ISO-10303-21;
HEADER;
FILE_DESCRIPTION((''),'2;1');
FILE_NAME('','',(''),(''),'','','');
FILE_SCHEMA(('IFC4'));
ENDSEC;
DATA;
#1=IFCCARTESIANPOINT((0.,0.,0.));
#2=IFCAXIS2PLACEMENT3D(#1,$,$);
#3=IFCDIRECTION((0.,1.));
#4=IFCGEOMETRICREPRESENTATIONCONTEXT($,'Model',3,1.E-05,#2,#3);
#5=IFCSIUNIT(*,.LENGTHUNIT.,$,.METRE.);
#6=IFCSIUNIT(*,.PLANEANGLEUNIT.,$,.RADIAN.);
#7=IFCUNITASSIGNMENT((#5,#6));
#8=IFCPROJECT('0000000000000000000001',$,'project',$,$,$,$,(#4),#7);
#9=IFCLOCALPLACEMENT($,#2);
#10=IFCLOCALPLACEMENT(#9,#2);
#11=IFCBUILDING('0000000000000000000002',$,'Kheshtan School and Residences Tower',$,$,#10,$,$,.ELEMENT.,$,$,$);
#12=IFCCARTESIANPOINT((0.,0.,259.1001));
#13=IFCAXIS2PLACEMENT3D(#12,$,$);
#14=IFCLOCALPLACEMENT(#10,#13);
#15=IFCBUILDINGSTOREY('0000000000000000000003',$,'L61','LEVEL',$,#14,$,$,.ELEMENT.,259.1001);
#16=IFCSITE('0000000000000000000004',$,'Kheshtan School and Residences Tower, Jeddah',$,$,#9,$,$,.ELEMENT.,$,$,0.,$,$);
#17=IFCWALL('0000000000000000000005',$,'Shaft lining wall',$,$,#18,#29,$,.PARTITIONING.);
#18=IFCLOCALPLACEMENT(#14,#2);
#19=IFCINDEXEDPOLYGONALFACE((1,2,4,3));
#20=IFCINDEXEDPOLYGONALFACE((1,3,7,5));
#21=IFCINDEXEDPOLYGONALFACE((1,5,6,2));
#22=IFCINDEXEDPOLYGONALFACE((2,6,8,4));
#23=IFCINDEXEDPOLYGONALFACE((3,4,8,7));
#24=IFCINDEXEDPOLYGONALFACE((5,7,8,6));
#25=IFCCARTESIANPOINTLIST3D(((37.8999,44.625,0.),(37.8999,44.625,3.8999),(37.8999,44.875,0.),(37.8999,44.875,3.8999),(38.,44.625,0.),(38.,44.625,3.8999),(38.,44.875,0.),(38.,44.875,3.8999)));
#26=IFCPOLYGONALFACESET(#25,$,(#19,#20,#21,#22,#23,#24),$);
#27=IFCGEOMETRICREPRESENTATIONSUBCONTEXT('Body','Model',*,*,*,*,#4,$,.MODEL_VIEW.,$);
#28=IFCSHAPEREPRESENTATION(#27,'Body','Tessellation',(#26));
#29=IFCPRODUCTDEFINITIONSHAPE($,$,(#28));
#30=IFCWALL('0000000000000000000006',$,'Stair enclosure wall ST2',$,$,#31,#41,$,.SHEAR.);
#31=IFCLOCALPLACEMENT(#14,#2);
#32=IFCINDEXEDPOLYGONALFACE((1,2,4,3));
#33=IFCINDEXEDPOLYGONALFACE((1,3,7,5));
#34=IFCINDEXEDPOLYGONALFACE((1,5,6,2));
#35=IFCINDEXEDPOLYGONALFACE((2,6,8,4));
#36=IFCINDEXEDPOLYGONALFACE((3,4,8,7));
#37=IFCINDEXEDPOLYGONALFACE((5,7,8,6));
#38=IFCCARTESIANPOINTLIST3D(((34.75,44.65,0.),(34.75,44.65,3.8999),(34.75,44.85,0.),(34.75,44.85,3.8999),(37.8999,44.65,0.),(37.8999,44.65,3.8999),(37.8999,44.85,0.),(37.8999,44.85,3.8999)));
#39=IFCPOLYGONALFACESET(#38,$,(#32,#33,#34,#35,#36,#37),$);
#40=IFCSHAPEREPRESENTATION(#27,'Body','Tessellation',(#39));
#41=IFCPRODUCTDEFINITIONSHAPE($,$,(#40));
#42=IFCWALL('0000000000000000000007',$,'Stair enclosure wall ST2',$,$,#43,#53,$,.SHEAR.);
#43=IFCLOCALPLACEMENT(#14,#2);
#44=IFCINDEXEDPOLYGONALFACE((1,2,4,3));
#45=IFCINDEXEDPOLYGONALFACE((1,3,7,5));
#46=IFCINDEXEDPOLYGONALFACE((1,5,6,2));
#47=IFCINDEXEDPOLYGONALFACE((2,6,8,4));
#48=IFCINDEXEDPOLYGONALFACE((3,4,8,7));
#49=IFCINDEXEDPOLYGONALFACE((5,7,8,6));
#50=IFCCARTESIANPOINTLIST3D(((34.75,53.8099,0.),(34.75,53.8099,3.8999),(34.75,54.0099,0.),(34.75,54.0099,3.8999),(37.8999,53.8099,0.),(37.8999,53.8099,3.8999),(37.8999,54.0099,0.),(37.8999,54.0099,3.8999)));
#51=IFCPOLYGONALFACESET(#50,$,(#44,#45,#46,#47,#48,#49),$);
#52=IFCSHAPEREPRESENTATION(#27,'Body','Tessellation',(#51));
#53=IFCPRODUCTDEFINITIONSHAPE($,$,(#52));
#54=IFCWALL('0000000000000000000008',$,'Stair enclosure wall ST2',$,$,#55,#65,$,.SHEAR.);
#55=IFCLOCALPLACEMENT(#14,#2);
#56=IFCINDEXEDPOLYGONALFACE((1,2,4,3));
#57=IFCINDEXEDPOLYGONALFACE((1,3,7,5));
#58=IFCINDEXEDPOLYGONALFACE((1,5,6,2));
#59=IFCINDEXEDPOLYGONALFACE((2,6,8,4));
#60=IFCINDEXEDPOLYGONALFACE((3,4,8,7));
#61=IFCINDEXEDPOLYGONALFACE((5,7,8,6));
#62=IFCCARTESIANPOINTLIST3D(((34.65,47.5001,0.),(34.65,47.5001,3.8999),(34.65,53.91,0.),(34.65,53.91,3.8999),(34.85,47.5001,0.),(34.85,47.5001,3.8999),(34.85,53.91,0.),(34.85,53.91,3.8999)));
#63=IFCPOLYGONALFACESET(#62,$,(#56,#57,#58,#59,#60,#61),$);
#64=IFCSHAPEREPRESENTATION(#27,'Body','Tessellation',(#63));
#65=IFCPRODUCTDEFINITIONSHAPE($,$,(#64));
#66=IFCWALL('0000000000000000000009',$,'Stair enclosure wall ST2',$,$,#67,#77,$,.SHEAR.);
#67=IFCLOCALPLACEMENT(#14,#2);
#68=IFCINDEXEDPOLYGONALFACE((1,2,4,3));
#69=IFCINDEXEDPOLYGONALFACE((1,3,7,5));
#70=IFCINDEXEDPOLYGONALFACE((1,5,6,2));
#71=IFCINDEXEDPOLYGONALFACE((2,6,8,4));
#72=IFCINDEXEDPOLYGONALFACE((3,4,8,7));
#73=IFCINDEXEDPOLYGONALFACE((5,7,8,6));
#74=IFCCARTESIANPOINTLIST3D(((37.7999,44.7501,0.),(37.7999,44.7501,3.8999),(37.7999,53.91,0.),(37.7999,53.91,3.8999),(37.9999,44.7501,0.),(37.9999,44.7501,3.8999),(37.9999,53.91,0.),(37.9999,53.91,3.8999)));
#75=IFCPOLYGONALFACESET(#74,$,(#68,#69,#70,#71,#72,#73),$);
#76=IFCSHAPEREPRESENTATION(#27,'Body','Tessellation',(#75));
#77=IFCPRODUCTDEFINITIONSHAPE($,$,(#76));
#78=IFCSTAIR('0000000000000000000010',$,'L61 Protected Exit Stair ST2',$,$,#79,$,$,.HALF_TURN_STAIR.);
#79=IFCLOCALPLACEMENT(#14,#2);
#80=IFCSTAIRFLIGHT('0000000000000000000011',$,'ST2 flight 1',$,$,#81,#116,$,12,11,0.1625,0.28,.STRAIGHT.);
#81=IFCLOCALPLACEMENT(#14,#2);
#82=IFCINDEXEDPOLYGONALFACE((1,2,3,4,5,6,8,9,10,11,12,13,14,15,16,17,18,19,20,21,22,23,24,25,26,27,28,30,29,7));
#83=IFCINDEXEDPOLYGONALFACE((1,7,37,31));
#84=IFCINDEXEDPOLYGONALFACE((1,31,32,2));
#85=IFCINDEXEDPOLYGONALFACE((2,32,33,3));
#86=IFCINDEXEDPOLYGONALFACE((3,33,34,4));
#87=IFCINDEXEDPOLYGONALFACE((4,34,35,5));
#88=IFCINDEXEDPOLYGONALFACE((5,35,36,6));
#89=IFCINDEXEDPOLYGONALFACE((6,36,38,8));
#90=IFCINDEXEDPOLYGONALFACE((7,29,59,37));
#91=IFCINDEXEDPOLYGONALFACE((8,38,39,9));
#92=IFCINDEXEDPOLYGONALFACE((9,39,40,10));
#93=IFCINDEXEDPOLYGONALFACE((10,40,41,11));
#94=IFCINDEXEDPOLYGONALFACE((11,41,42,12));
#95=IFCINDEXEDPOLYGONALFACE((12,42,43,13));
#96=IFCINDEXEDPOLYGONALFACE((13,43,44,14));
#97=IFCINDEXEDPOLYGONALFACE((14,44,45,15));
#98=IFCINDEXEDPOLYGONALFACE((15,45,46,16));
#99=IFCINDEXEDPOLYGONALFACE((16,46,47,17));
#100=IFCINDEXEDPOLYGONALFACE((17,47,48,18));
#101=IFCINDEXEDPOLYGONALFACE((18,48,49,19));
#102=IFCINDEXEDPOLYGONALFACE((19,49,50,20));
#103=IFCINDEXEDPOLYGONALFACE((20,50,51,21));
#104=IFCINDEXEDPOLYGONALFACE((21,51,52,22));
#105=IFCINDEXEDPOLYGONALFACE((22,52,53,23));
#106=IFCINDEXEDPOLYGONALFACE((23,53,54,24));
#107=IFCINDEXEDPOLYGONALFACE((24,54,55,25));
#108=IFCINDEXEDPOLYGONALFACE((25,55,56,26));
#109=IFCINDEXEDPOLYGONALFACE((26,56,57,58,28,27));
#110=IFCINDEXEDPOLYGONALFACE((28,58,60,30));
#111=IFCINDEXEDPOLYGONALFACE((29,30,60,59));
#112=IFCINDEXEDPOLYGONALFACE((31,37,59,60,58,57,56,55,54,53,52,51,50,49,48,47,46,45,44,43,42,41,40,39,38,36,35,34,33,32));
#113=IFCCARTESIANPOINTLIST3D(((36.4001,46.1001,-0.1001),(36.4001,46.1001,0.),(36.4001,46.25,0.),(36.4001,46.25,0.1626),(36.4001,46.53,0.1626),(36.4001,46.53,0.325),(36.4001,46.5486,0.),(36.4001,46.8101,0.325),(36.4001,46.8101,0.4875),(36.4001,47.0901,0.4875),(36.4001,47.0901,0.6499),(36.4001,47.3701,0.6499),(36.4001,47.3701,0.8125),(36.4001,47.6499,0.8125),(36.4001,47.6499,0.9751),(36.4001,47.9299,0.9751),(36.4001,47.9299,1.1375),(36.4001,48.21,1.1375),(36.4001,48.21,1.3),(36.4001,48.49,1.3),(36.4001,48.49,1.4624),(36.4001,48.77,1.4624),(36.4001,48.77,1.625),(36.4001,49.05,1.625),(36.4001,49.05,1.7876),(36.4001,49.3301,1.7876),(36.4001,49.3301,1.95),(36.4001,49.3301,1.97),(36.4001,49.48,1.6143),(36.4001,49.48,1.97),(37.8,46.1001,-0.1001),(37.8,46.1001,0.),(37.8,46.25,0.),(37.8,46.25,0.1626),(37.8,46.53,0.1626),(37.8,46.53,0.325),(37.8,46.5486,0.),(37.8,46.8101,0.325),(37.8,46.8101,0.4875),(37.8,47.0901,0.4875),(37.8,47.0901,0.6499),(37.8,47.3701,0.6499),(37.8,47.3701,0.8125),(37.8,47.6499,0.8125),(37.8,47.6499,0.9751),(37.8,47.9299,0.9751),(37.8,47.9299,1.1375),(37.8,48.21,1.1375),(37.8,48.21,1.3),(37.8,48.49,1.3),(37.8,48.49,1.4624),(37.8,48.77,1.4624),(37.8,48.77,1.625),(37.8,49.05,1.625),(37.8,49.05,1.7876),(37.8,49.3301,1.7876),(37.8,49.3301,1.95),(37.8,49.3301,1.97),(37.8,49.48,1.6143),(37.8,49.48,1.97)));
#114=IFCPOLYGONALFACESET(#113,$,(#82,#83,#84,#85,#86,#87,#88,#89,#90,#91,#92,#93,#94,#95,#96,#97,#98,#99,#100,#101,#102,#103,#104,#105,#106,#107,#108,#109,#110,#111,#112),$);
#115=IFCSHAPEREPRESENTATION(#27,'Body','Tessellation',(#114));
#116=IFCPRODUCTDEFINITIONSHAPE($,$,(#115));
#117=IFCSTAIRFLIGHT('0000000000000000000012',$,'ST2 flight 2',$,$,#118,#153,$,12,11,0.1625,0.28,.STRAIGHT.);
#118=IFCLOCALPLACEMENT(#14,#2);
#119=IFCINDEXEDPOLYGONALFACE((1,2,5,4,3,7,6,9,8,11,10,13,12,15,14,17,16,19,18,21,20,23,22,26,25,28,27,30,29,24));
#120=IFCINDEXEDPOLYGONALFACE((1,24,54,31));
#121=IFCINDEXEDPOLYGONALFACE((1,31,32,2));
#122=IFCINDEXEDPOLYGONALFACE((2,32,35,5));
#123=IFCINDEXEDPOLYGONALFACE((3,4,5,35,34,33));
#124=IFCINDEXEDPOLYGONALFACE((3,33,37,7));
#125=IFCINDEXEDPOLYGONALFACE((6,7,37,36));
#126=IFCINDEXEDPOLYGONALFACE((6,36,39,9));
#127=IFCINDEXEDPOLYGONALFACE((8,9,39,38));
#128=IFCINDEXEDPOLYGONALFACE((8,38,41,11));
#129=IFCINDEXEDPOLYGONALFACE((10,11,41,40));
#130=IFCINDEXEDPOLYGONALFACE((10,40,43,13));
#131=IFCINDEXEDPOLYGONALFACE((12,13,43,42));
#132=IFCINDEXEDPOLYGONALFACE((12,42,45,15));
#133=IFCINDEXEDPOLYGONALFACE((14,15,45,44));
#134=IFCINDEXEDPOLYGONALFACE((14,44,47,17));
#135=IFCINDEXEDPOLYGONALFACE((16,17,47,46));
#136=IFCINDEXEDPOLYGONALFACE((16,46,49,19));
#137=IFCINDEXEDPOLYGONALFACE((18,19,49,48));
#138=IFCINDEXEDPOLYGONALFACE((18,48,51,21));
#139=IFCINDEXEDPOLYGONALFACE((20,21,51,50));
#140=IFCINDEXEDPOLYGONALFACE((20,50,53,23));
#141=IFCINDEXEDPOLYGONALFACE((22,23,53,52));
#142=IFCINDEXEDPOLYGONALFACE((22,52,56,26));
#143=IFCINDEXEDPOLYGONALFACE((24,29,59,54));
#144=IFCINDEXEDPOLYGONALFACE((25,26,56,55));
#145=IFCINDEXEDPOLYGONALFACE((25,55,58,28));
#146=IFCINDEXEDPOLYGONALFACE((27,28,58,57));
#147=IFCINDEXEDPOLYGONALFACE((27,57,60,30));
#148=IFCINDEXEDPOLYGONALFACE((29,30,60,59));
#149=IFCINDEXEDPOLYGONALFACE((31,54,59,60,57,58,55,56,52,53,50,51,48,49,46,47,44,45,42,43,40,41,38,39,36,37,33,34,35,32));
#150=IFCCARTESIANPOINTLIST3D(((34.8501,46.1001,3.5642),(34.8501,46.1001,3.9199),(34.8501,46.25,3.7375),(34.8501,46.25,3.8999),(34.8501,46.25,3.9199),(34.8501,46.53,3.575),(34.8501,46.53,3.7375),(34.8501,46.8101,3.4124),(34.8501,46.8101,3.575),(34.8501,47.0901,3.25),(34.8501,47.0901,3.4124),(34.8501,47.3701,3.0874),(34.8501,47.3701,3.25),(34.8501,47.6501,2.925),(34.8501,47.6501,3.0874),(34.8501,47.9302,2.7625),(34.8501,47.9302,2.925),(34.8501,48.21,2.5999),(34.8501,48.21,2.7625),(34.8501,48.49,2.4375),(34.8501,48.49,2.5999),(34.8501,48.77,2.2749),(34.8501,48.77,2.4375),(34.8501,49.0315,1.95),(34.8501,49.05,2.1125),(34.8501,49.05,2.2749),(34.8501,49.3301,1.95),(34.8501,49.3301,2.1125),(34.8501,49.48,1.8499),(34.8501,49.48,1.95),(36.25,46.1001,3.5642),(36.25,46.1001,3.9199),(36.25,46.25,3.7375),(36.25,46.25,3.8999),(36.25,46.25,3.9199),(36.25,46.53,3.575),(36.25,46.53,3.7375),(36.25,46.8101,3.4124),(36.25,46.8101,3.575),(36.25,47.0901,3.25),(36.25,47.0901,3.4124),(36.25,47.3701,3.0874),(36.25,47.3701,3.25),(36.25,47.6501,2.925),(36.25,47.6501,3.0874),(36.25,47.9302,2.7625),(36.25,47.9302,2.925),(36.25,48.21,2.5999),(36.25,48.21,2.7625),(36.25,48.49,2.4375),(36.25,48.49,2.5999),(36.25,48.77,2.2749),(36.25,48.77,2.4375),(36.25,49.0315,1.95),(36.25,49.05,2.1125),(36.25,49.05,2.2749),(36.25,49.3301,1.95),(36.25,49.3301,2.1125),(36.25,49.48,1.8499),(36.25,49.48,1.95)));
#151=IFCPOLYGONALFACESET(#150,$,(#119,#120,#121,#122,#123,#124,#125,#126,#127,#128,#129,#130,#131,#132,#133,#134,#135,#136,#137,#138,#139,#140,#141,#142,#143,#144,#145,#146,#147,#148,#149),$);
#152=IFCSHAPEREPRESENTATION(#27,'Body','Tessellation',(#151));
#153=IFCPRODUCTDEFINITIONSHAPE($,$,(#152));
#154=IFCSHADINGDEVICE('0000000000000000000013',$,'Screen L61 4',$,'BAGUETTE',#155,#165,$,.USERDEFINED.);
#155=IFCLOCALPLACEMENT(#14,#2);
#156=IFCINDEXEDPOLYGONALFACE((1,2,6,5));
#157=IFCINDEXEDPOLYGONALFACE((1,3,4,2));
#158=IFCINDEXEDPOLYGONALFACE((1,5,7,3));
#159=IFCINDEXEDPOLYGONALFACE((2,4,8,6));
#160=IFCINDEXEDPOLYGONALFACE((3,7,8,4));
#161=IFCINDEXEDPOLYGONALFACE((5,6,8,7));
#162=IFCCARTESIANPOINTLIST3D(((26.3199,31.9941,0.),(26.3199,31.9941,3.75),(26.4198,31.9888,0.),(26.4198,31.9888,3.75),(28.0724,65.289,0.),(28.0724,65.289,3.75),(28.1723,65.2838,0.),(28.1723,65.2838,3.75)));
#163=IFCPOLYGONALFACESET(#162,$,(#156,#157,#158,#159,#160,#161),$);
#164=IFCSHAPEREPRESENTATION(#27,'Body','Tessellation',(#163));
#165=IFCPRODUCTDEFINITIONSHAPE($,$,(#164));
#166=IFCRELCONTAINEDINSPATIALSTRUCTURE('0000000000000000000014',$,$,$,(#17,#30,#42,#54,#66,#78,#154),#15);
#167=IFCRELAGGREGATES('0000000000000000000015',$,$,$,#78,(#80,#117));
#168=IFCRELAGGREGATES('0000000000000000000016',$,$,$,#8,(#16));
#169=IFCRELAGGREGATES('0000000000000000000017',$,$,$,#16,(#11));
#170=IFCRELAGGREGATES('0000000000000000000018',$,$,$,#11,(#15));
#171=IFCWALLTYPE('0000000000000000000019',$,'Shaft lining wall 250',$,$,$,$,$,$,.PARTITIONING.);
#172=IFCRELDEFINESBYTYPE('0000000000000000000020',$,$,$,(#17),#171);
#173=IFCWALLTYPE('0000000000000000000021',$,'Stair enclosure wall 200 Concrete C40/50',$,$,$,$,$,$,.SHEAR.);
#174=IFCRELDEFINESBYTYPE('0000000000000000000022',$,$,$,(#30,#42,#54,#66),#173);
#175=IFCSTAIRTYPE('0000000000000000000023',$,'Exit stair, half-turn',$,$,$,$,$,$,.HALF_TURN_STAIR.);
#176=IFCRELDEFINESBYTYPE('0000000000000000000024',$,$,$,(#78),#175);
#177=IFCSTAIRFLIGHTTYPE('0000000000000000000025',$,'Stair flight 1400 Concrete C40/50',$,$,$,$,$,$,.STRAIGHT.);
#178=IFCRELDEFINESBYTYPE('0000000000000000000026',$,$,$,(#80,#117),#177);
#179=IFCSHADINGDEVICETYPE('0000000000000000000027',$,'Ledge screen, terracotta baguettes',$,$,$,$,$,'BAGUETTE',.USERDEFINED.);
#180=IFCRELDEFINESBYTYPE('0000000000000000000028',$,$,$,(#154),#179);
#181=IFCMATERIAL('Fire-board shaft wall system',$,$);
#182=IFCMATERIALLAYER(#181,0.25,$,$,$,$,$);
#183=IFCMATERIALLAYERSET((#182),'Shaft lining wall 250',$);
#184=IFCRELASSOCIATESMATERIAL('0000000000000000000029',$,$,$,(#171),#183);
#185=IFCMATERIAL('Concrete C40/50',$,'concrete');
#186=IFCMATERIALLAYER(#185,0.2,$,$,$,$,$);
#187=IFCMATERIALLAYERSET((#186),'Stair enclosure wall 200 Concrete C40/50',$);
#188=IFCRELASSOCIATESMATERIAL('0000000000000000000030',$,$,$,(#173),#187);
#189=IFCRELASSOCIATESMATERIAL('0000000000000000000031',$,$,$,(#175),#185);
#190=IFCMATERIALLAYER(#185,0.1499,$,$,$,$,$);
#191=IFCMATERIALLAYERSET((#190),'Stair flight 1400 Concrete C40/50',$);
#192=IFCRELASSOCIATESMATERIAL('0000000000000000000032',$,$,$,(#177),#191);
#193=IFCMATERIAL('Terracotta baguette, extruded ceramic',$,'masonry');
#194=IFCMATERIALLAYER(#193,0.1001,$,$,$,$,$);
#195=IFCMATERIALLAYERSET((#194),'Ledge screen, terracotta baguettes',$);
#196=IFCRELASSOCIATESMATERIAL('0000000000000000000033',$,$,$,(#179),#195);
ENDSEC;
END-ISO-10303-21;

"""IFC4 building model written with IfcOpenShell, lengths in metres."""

from ifc_helpers import new_model, si_unit, direction, frame, frame_2d, origin, origin_2d, place, context, subcontext, project, spatial, polyline, rectangle, outline, extrude, material, layer, layer_set, type_object, element, aggregate, save


model = new_model("IFC4")

# Units and contexts
model_context = context("Model", 3, precision=1e-05, world=origin(), true_north=direction((0.0, 1.0)))
body_context = subcontext(model_context, "Body", "Model", "MODEL_VIEW")
ifc_project = project(units=[si_unit("LENGTHUNIT", "METRE"), si_unit("PLANEANGLEUNIT", "RADIAN")], contexts=[model_context])

# Site, building, storey
site_placement = place(None, origin())
site = spatial("IfcSite", under=ifc_project, at=site_placement, Name="Kheshtan School and Residences Tower, Jeddah", CompositionType="ELEMENT", RefElevation=0.0)
building_placement = place(site_placement, origin())
building = spatial("IfcBuilding", under=site, at=building_placement, Name="Kheshtan School and Residences Tower", CompositionType="ELEMENT")
storey_placement = place(building_placement, frame((0.0, 0.0, 259.1001)))
storey = spatial("IfcBuildingStorey", under=building, at=storey_placement, Name="L61", Description="LEVEL", CompositionType="ELEMENT", Elevation=259.1001)

# Shared definitions
ifc_material_1 = material(Name="Fire-board shaft wall system")

# Walls
ifc_layer_1 = layer(ifc_material_1, 0.25)
ifc_layer_set_1 = layer_set([ifc_layer_1], Name="Shaft lining wall 250")
wall_type_1 = type_object("IfcWallType", Name="Shaft lining wall 250", PredefinedType="PARTITIONING", material=ifc_layer_set_1)
wall_1_placement = place(storey_placement, frame((37.8999, 44.75, 0.0), z_axis=(0.0, 0.0, 1.0), x_axis=(1.0, 0.0, 0.0)))
element("IfcWall", 1, at=wall_1_placement, inside=storey, type_object=wall_type_1, Name="Shaft lining wall", PredefinedType="PARTITIONING", context=body_context, shape_type="SweptSolid", body=[
    extrude(rectangle(XDim=0.1001, YDim=0.25, at=frame_2d((0.05, 0.0))), origin(), (0.0, 0.0, 1.0), 3.8999),
])
ifc_material_2 = material(Name="Concrete C40/50", Category="concrete")
ifc_layer_2 = layer(ifc_material_2, 0.2)
ifc_layer_set_2 = layer_set([ifc_layer_2], Name="Stair enclosure wall 200 Concrete C40/50")
wall_type_2 = type_object("IfcWallType", Name="Stair enclosure wall 200 Concrete C40/50", PredefinedType="SHEAR", material=ifc_layer_set_2)
for number, where, z_axis, x_axis, name in (
    (2, (34.75, 44.75, 0.0), (0.0, 0.0, 1.0), (1.0, 0.0, 0.0), "Stair enclosure wall ST2"),
    (3, (34.75, 53.9099, 0.0), (0.0, 0.0, 1.0), (1.0, 0.0, 0.0), "Stair enclosure wall ST2"),
):
    element("IfcWall", number, at=place(storey_placement, frame(where, z_axis=z_axis, x_axis=x_axis)), inside=storey, type_object=wall_type_2, Name=name, PredefinedType="SHEAR", context=body_context, shape_type="SweptSolid", body=[
        extrude(rectangle(XDim=3.1499, YDim=0.2, at=frame_2d((1.575, 0.0))), origin(), (0.0, 0.0, 1.0), 3.8999),
    ])
wall_2_placement = place(storey_placement, frame((34.75, 47.5, 0.0), z_axis=(0.0, 0.0, 1.0), x_axis=(0.0, 1.0, 0.0)))
element("IfcWall", 4, at=wall_2_placement, inside=storey, type_object=wall_type_2, Name="Stair enclosure wall ST2", PredefinedType="SHEAR", context=body_context, shape_type="SweptSolid", body=[
    extrude(rectangle(XDim=6.4099, YDim=0.2, at=frame_2d((3.2051, 0.0))), origin(), (0.0, 0.0, 1.0), 3.8999),
])
wall_3_placement = place(storey_placement, frame((37.8999, 44.75, 0.0), z_axis=(0.0, 0.0, 1.0), x_axis=(0.0, 1.0, 0.0)))
element("IfcWall", 5, at=wall_3_placement, inside=storey, type_object=wall_type_2, Name="Stair enclosure wall ST2", PredefinedType="SHEAR", context=body_context, shape_type="SweptSolid", body=[
    extrude(rectangle(XDim=9.1599, YDim=0.2, at=frame_2d((4.5801, 0.0))), origin(), (0.0, 0.0, 1.0), 3.8999),
])

# Stair, stair flights
stair_type = type_object("IfcStairType", Name="Exit stair, half-turn", PredefinedType="HALF_TURN_STAIR", material=ifc_material_2)
stair_placement = place(storey_placement, origin())
stair = element("IfcStair", 6, at=stair_placement, inside=storey, type_object=stair_type, Name="L61 Protected Exit Stair ST2", PredefinedType="HALF_TURN_STAIR")
ifc_layer_3 = layer(ifc_material_2, 0.1499)
ifc_layer_set_3 = layer_set([ifc_layer_3], Name="Stair flight 1400 Concrete C40/50")
stair_flight_type = type_object("IfcStairFlightType", Name="Stair flight 1400 Concrete C40/50", PredefinedType="STRAIGHT", material=ifc_layer_set_3)
stair_flight_1_placement = place(storey_placement, frame((37.1001, 46.25, 0.0), z_axis=(0.0, 0.0, 1.0), x_axis=(0.0, 1.0, 0.0)))
stair_flight_1 = element("IfcStairFlight", 7, at=stair_flight_1_placement, type_object=stair_flight_type, Name="ST2 flight 1", NumberOfRisers=12, NumberOfTreads=11, PredefinedType="STRAIGHT", RiserHeight=0.1625, TreadLength=0.28, context=body_context, shape_type="SweptSolid", body=[
    extrude(outline(polyline([(-0.1499, -0.1001), (-0.1499, 0.0), (0.0, 0.0), (0.0, 0.1626), (0.28, 0.1626), (0.28, 0.325), (0.5601, 0.325), (0.5601, 0.4875), (0.8401, 0.4875), (0.8401, 0.6499), (1.1201, 0.6499), (1.1201, 0.8125), (1.3999, 0.8125), (1.3999, 0.9751), (1.6799, 0.9751), (1.6799, 1.1375), (1.96, 1.1375), (1.96, 1.3), (2.24, 1.3), (2.24, 1.4624), (2.52, 1.4624), (2.52, 1.625), (2.8, 1.625), (2.8, 1.7876), (3.0801, 1.7876), (3.0801, 1.95), (3.0801, 1.97), (3.23, 1.97), (3.23, 1.6143), (0.2986, 0.0), (-0.1499, -0.1001)])), frame((0.0, 0.7, 0.0), z_axis=(0.0, -1.0, 0.0), x_axis=(1.0, 0.0, 0.0)), (0.0, 0.0, 1.0), 1.3999),
])
stair_flight_2_placement = place(storey_placement, frame((35.55, 49.3301, 1.95), z_axis=(0.0, 0.0, 1.0), x_axis=(0.0, -1.0, 0.0)))
stair_flight_2 = element("IfcStairFlight", 8, at=stair_flight_2_placement, type_object=stair_flight_type, Name="ST2 flight 2", NumberOfRisers=12, NumberOfTreads=11, PredefinedType="STRAIGHT", RiserHeight=0.1625, TreadLength=0.28, context=body_context, shape_type="SweptSolid", body=[
    extrude(outline(polyline([(-0.1499, -0.1001), (-0.1499, 0.0), (0.0, 0.0), (0.0, 0.1626), (0.28, 0.1626), (0.28, 0.325), (0.5601, 0.325), (0.5601, 0.4875), (0.8401, 0.4875), (0.8401, 0.6499), (1.1201, 0.6499), (1.1201, 0.8125), (1.3999, 0.8125), (1.3999, 0.9751), (1.6799, 0.9751), (1.6799, 1.1375), (1.96, 1.1375), (1.96, 1.3), (2.24, 1.3), (2.24, 1.4624), (2.52, 1.4624), (2.52, 1.625), (2.8, 1.625), (2.8, 1.7876), (3.0801, 1.7876), (3.0801, 1.95), (3.0801, 1.97), (3.23, 1.97), (3.23, 1.6143), (0.2986, 0.0), (-0.1499, -0.1001)])), frame((0.0, 0.7, 0.0), z_axis=(0.0, -1.0, 0.0), x_axis=(1.0, 0.0, 0.0)), (0.0, 0.0, 1.0), 1.3999),
])
aggregate(stair, [stair_flight_1, stair_flight_2])

# Shading device
ifc_material_3 = material(Name="Terracotta baguette, extruded ceramic", Category="masonry")
ifc_layer_4 = layer(ifc_material_3, 0.1001)
ifc_layer_set_4 = layer_set([ifc_layer_4], Name="Ledge screen, terracotta baguettes")
shading_device_type = type_object("IfcShadingDeviceType", Name="Ledge screen, terracotta baguettes", ElementType="BAGUETTE", PredefinedType="USERDEFINED", material=ifc_layer_set_4)
shading_device_placement = place(storey_placement, frame((27.2461, 48.6389, 0.0), z_axis=(0.0, 0.0, 1.0), x_axis=(0.052563, 0.998618, 0.0)))
element("IfcShadingDevice", 9, at=shading_device_placement, inside=storey, type_object=shading_device_type, Name="Screen L61 4", ObjectType="BAGUETTE", PredefinedType="USERDEFINED", context=body_context, shape_type="SweptSolid", body=[
    extrude(rectangle(XDim=33.3411, YDim=0.1001, at=origin_2d()), origin(), (0.0, 0.0, 1.0), 3.75),
])

save(model, "model.ifc")
